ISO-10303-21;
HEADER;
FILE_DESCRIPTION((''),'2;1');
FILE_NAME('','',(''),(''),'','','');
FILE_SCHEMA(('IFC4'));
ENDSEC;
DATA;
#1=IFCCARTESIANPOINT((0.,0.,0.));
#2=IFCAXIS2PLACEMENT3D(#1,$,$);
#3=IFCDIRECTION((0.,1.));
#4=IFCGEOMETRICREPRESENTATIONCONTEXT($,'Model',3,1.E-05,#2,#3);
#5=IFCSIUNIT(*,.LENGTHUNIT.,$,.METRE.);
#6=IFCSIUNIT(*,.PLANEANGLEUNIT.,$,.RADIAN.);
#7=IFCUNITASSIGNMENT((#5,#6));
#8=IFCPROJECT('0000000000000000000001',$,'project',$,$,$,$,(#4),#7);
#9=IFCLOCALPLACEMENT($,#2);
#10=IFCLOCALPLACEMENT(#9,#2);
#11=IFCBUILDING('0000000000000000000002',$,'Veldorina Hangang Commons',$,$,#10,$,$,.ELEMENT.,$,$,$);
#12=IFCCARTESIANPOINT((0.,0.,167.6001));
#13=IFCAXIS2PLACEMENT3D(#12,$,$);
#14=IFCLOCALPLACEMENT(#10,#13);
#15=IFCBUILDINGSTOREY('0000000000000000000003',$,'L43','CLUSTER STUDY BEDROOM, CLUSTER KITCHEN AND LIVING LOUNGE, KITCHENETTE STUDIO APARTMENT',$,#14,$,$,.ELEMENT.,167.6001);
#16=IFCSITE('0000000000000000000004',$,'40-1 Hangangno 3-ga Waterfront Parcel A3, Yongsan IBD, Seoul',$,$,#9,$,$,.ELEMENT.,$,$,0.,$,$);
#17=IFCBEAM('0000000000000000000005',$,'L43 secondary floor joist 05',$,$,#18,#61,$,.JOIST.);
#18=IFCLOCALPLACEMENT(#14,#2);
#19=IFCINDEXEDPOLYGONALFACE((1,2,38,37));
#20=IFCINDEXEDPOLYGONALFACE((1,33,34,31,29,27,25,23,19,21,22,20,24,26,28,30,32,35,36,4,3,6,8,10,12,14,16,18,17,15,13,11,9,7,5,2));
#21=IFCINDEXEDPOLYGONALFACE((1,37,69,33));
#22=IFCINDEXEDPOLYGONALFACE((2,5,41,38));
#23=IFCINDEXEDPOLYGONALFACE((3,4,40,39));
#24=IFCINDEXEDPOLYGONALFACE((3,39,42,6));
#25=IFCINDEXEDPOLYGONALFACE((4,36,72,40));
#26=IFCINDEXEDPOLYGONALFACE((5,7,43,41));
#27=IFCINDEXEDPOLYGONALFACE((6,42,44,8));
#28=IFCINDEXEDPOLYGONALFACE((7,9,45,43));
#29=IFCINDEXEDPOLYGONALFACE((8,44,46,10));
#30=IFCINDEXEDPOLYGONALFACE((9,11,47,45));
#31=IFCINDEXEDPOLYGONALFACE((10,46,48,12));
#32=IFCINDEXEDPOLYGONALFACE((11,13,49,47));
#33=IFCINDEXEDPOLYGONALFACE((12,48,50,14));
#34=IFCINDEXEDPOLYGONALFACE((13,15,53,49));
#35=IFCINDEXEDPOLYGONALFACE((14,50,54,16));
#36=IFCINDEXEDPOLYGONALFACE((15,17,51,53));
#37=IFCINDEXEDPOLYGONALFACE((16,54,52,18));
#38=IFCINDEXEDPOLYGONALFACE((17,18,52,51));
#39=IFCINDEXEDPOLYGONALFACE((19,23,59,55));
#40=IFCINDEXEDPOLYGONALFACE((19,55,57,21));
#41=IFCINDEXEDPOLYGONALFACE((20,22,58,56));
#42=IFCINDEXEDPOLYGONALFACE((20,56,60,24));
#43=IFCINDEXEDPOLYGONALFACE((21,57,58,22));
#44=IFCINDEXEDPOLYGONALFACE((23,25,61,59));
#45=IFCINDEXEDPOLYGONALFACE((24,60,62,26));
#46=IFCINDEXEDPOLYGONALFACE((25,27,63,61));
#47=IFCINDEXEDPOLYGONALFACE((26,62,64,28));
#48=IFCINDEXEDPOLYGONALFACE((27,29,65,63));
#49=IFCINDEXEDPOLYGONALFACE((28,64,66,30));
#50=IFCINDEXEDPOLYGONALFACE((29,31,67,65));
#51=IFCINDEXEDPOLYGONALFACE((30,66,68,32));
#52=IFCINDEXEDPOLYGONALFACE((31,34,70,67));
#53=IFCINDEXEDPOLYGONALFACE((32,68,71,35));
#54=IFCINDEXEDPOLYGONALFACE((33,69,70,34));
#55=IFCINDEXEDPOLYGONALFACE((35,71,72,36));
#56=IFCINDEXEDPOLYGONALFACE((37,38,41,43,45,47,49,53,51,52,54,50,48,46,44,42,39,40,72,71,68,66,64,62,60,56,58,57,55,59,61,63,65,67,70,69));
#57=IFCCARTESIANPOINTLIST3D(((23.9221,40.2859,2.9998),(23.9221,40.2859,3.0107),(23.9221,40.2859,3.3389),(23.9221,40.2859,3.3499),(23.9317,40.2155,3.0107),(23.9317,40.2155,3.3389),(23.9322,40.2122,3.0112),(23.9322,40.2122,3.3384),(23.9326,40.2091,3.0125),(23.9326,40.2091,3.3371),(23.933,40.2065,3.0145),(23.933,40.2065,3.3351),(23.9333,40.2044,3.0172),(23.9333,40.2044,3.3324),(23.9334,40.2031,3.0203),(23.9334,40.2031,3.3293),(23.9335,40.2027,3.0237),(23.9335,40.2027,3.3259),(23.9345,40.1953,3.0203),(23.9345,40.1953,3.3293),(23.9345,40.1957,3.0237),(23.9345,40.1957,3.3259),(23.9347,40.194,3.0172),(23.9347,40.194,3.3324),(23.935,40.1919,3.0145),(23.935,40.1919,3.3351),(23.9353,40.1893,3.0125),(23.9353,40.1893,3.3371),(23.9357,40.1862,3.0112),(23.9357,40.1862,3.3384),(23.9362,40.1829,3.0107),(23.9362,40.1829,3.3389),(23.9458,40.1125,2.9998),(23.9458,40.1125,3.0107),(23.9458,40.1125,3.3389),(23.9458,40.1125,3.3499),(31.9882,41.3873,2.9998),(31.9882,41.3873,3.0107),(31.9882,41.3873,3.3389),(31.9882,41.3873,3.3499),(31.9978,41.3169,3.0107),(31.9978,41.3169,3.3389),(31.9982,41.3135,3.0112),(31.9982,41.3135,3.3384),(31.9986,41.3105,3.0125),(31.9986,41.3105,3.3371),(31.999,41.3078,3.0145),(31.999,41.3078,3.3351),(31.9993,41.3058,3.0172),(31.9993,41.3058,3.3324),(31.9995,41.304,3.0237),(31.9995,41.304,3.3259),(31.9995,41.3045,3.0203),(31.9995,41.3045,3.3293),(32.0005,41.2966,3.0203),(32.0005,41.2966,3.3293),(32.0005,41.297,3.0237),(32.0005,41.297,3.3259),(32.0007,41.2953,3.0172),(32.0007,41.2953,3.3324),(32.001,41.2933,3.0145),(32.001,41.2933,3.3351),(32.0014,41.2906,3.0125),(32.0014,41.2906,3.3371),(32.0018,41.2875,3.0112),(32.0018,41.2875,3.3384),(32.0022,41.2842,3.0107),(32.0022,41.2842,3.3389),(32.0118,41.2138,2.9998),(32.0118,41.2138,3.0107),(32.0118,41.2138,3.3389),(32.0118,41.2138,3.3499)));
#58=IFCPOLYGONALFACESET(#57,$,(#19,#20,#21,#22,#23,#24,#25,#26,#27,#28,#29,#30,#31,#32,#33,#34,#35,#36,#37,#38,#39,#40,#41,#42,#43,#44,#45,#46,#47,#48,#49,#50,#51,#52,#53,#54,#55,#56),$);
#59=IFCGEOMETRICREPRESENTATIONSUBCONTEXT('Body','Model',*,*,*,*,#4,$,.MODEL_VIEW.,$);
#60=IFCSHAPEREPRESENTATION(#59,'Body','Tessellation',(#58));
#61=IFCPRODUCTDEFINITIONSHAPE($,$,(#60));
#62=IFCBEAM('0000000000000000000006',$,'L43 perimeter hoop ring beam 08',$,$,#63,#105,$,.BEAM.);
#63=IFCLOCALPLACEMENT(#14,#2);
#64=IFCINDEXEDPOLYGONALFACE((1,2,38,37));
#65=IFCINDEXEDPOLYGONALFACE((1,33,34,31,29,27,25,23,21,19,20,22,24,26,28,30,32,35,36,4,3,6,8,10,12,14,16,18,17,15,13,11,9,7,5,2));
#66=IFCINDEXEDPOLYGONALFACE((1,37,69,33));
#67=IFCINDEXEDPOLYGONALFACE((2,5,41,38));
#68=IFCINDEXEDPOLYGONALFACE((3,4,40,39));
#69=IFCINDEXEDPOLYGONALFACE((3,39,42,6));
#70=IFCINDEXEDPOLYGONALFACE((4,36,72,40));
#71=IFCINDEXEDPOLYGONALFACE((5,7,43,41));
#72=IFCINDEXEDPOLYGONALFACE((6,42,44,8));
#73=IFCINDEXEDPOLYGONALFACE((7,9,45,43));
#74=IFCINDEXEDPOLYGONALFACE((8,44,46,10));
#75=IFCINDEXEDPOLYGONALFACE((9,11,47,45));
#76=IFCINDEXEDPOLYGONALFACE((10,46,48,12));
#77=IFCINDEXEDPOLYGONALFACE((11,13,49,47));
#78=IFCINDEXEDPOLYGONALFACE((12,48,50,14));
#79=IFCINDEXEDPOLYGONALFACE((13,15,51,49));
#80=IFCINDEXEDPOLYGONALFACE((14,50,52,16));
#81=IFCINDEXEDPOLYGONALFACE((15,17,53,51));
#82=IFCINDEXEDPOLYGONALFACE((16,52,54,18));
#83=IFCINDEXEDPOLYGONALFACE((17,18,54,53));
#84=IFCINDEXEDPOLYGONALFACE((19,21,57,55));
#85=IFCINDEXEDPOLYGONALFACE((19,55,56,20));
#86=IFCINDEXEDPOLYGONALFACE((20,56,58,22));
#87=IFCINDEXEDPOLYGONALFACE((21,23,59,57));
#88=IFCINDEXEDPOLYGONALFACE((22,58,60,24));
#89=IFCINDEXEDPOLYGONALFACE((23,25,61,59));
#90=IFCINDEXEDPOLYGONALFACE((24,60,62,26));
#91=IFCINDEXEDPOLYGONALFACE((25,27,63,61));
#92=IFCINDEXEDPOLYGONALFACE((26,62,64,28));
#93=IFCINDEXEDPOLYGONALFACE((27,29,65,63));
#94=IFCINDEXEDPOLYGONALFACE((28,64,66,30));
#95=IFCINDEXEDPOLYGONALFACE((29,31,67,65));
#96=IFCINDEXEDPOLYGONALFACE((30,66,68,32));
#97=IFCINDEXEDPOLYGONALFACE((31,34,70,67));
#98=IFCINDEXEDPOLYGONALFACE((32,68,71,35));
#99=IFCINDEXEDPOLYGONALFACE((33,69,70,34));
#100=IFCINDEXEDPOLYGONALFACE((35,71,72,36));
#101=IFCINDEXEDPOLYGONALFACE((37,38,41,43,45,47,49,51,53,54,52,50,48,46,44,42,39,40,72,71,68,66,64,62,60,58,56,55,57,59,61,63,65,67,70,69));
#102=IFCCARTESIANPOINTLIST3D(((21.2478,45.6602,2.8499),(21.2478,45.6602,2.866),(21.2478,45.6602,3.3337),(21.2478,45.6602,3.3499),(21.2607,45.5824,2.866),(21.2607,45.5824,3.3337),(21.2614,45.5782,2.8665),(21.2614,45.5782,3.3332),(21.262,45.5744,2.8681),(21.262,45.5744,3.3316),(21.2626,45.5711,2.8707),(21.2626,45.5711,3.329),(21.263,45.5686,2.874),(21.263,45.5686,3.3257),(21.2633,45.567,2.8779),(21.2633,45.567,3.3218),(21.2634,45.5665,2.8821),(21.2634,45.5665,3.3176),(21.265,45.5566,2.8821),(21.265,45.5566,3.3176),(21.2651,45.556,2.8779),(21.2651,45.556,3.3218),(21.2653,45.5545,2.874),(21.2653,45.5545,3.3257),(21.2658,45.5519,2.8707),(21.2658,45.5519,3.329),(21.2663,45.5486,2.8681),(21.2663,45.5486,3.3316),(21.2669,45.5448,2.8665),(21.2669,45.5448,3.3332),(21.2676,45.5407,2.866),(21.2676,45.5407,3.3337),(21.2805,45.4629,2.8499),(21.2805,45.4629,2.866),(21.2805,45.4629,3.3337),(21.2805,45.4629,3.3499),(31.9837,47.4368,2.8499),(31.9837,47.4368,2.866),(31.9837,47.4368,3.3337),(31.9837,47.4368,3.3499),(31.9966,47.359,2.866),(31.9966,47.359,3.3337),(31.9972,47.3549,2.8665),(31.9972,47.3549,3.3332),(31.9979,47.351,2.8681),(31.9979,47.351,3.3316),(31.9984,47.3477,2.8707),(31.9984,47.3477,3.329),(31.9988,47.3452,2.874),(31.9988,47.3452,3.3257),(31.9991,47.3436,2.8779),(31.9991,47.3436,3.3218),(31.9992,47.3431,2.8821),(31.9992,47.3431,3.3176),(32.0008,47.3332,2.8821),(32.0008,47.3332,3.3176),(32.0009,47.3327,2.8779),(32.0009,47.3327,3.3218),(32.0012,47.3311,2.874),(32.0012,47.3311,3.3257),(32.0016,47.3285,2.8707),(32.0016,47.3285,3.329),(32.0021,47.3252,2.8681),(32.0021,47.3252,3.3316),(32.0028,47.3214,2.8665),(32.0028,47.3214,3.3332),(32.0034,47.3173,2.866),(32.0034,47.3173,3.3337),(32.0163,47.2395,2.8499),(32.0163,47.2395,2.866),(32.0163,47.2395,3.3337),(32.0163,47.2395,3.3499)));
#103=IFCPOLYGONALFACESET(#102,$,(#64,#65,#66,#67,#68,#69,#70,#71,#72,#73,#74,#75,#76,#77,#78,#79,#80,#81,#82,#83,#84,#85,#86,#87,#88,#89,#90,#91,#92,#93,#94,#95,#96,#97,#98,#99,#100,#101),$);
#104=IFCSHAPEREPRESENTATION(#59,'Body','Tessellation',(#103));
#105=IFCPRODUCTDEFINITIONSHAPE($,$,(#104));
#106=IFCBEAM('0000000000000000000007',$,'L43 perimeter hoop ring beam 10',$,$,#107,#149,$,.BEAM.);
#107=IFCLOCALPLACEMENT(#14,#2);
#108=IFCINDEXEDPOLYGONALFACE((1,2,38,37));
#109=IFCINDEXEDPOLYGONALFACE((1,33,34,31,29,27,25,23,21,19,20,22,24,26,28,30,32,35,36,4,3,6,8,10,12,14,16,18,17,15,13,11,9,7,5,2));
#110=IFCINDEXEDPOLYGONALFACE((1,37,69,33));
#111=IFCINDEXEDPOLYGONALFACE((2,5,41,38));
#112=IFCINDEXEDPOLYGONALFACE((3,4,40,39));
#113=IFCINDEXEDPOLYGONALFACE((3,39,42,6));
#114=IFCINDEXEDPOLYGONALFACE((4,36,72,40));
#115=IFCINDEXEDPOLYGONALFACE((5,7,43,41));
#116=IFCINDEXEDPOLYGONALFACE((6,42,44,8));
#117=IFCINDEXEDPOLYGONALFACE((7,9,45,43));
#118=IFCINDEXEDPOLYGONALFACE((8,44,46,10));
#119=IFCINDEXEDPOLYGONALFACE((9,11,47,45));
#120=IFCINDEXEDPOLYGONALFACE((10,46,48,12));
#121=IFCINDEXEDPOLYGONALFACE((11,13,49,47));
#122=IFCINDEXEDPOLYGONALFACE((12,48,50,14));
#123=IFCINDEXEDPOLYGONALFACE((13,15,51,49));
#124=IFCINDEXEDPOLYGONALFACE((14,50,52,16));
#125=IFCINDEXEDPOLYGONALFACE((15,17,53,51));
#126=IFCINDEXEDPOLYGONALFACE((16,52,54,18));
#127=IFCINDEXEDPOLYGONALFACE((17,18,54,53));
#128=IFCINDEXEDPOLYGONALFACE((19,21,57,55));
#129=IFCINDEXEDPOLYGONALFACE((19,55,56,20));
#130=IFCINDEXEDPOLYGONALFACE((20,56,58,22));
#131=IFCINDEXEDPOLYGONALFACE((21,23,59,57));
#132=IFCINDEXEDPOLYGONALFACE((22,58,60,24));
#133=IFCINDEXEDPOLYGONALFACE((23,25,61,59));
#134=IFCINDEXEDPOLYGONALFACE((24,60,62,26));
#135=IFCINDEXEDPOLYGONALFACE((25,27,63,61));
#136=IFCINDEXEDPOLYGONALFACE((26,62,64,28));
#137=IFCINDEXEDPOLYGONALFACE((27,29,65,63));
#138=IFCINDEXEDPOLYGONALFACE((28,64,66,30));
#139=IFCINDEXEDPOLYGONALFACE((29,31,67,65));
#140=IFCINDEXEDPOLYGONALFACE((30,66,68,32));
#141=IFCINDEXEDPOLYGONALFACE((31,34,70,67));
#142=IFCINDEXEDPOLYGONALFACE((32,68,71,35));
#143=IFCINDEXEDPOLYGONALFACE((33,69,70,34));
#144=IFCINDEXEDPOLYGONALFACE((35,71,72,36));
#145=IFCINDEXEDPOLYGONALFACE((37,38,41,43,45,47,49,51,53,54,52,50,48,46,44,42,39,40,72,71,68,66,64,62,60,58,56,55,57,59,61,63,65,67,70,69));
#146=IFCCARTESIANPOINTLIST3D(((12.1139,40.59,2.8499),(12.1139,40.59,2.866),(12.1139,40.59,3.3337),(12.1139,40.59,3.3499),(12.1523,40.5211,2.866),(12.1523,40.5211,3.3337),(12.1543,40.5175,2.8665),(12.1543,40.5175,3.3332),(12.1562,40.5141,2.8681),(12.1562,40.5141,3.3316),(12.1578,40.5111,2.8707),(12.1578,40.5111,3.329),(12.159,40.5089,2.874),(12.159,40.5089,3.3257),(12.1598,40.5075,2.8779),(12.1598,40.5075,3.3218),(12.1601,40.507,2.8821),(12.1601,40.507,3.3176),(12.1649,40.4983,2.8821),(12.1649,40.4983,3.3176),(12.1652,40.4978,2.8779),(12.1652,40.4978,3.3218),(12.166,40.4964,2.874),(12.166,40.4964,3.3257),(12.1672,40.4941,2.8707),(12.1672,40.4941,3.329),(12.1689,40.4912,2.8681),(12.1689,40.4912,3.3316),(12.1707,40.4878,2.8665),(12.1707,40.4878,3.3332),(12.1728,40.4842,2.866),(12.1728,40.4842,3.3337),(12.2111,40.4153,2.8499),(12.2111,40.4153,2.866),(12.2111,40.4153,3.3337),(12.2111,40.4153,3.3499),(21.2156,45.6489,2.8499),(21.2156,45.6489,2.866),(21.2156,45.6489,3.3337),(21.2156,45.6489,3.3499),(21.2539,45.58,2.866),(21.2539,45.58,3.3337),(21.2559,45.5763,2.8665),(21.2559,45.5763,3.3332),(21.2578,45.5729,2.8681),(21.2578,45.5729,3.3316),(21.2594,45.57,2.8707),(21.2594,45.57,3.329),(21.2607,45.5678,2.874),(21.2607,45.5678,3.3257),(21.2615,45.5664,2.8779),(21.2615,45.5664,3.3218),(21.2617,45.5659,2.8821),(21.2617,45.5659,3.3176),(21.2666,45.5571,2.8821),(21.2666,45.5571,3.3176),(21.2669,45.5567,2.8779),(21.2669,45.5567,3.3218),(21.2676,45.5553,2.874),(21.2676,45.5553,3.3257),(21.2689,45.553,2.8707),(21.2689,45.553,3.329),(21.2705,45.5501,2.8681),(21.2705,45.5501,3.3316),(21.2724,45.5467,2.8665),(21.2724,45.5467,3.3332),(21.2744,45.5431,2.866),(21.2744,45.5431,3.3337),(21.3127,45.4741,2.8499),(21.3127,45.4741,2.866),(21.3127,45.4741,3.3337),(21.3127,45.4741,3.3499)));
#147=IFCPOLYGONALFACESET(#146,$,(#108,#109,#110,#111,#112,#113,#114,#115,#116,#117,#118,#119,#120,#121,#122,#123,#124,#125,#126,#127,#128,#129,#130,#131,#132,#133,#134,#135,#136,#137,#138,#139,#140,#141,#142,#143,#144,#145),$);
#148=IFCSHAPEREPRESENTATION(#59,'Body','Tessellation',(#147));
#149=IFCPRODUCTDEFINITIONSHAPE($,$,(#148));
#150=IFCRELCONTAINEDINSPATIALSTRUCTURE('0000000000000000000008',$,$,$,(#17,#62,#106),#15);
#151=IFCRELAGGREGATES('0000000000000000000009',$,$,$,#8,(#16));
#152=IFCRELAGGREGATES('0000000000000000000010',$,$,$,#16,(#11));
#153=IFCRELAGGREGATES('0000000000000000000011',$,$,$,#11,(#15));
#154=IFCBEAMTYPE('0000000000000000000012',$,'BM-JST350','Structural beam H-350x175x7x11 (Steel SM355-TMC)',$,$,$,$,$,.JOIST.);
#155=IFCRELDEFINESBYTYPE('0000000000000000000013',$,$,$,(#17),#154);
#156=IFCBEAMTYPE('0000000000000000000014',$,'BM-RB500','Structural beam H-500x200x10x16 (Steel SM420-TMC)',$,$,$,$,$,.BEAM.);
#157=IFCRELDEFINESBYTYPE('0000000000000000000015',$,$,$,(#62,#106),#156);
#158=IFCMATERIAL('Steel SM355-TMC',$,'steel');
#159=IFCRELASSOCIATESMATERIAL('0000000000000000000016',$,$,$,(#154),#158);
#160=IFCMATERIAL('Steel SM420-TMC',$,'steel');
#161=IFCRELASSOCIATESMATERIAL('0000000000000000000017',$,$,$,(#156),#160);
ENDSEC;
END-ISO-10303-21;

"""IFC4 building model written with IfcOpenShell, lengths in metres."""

from ifc_helpers import new_model, si_unit, direction, frame, origin, origin_2d, place, context, subcontext, project, spatial, i_section, extrude, material, material_profile, profile_set, type_object, element, save


model = new_model("IFC4")

# Units and contexts
model_context = context("Model", 3, precision=1e-05, world=origin(), true_north=direction((0.0, 1.0)))
body_context = subcontext(model_context, "Body", "Model", "MODEL_VIEW")
ifc_project = project(units=[si_unit("LENGTHUNIT", "METRE"), si_unit("PLANEANGLEUNIT", "RADIAN")], contexts=[model_context])

# Site, building, storey
site_placement = place(None, origin())
site = spatial("IfcSite", under=ifc_project, at=site_placement, Name="40-1 Hangangno 3-ga Waterfront Parcel A3, Yongsan IBD, Seoul", CompositionType="ELEMENT", RefElevation=0.0)
building_placement = place(site_placement, origin())
building = spatial("IfcBuilding", under=site, at=building_placement, Name="Veldorina Hangang Commons", CompositionType="ELEMENT")
storey_placement = place(building_placement, frame((0.0, 0.0, 167.6001)))
storey = spatial("IfcBuildingStorey", under=building, at=storey_placement, Name="L43", Description="CLUSTER STUDY BEDROOM, CLUSTER KITCHEN AND LIVING LOUNGE, KITCHENETTE STUDIO APARTMENT", CompositionType="ELEMENT", Elevation=167.6001)

# Beams
ifc_material_1 = material(Name="Steel SM355-TMC", Category="steel")
ifc_material_profile_1 = material_profile(ifc_material_1, i_section(OverallWidth=0.175, OverallDepth=0.3501, WebThickness=0.0071, FlangeThickness=0.011, FilletRadius=0.0129, at=origin_2d()), Name="H-350x175x7x11")
ifc_profile_set_1 = profile_set([ifc_material_profile_1], Name="Steel SM355-TMC")
beam_type_1 = type_object("IfcBeamType", Name="BM-JST350", Description="Structural beam H-350x175x7x11 (Steel SM355-TMC)", PredefinedType="JOIST", material=ifc_profile_set_1)
beam_1_placement = place(storey_placement, frame((32.0, 41.3005, 3.1748), z_axis=(-0.990807, -0.135285, 0.0), x_axis=(0.135285, -0.990807, 0.0)))
element("IfcBeam", 1, at=beam_1_placement, inside=storey, type_object=beam_type_1, Name="L43 secondary floor joist 05", PredefinedType="JOIST", context=body_context, shape_type="SweptSolid", body=[
    extrude(i_section(OverallWidth=0.175, OverallDepth=0.3501, WebThickness=0.0071, FlangeThickness=0.011, FilletRadius=0.0129, at=origin_2d()), origin(), (0.0, 0.0, 1.0), 8.1409),
])
ifc_material_2 = material(Name="Steel SM420-TMC", Category="steel")
ifc_material_profile_2 = material_profile(ifc_material_2, i_section(OverallWidth=0.2, OverallDepth=0.5, WebThickness=0.01, FlangeThickness=0.0161, FilletRadius=0.0161, at=origin_2d()), Name="H-500x200x10x16")
ifc_profile_set_2 = profile_set([ifc_material_profile_2], Name="Steel SM420-TMC")
beam_type_2 = type_object("IfcBeamType", Name="BM-RB500", Description="Structural beam H-500x200x10x16 (Steel SM420-TMC)", PredefinedType="BEAM", material=ifc_profile_set_2)
beam_2_placement = place(storey_placement, frame((32.0, 47.3381, 3.0999), z_axis=(-0.986582, -0.163264, 0.0), x_axis=(0.163264, -0.986582, 0.0)))
element("IfcBeam", 2, at=beam_2_placement, inside=storey, type_object=beam_type_2, Name="L43 perimeter hoop ring beam 08", PredefinedType="BEAM", context=body_context, shape_type="SweptSolid", body=[
    extrude(i_section(OverallWidth=0.2, OverallDepth=0.5, WebThickness=0.01, FlangeThickness=0.0161, FilletRadius=0.0161, at=origin_2d()), origin(), (0.0, 0.0, 1.0), 10.8818),
])
beam_3_placement = place(storey_placement, frame((21.2642, 45.5615, 3.0999), z_axis=(-0.874059, -0.48582, 0.0), x_axis=(0.48582, -0.874059, 0.0)))
element("IfcBeam", 3, at=beam_3_placement, inside=storey, type_object=beam_type_2, Name="L43 perimeter hoop ring beam 10", PredefinedType="BEAM", context=body_context, shape_type="SweptSolid", body=[
    extrude(i_section(OverallWidth=0.2, OverallDepth=0.5, WebThickness=0.01, FlangeThickness=0.0161, FilletRadius=0.0161, at=origin_2d()), origin(), (0.0, 0.0, 1.0), 10.4131),
])

save(model, "model.ifc")
